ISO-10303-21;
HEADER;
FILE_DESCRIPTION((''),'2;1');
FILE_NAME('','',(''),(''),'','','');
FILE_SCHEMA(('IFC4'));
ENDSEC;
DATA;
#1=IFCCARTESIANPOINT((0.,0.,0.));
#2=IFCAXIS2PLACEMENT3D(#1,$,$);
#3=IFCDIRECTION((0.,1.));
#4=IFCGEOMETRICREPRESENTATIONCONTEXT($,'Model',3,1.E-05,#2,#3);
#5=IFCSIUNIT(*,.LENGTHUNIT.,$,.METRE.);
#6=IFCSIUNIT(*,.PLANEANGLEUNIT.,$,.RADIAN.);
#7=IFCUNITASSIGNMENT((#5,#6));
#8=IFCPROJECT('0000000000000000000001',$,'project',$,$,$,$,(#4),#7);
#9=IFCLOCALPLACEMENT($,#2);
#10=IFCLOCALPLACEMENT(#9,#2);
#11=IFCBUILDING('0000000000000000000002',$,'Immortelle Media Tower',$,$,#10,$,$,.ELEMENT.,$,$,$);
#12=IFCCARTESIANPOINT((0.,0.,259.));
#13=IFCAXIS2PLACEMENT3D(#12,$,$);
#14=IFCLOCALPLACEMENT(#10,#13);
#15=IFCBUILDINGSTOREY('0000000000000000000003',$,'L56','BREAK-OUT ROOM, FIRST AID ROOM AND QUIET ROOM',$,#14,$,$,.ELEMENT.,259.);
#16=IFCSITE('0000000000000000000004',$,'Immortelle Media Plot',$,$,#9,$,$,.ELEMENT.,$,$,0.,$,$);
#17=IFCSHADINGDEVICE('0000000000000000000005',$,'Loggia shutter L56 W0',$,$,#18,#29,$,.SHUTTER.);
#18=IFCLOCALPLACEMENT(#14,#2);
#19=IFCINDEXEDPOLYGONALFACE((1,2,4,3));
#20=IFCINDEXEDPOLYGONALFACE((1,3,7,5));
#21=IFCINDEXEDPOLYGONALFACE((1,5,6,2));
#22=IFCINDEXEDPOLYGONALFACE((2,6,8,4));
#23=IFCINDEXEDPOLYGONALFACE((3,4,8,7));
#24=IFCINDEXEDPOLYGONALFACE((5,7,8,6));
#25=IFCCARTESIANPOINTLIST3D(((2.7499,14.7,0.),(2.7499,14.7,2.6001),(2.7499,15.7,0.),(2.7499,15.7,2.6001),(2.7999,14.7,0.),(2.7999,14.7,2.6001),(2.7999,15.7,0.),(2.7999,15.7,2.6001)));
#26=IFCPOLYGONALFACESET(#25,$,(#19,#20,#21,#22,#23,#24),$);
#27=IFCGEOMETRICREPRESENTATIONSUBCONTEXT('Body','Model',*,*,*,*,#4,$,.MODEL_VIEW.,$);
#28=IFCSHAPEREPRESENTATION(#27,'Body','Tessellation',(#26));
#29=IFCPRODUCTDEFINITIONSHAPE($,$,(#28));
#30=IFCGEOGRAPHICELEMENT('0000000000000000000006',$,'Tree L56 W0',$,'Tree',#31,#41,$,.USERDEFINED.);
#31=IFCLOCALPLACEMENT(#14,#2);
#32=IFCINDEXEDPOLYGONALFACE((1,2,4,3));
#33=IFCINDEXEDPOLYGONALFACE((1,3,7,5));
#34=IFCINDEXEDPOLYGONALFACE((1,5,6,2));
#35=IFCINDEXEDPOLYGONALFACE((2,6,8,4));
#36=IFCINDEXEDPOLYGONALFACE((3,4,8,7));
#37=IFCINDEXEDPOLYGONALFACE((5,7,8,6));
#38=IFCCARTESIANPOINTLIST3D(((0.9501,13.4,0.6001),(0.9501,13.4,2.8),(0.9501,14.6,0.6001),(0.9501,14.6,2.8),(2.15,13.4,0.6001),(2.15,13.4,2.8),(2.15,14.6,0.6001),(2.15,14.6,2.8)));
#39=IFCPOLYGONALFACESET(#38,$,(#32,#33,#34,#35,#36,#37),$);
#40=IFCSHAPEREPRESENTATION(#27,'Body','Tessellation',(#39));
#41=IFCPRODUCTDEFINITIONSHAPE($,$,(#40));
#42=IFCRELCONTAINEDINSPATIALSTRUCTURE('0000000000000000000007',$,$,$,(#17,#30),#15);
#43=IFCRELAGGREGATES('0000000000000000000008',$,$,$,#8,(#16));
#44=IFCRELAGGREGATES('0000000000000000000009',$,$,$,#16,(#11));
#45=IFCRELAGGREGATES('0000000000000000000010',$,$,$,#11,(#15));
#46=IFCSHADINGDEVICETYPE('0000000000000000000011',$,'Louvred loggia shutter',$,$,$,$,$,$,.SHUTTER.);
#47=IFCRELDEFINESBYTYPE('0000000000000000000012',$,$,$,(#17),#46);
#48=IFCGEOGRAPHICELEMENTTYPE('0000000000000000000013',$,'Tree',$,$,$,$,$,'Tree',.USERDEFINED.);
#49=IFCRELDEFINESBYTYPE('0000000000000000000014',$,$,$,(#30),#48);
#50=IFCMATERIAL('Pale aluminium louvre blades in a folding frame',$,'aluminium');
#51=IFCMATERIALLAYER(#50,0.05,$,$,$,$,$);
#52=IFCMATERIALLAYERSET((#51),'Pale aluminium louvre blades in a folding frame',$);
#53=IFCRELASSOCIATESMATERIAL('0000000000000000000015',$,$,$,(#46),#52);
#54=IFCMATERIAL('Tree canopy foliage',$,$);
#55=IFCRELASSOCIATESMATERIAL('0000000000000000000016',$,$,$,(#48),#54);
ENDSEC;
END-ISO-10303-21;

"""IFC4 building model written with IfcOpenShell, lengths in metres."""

from ifc_helpers import new_model, si_unit, direction, frame, origin, origin_2d, place, context, subcontext, project, spatial, rectangle, extrude, material, layer, layer_set, type_object, element, save


model = new_model("IFC4")

# Units and contexts
model_context = context("Model", 3, precision=1e-05, world=origin(), true_north=direction((0.0, 1.0)))
body_context = subcontext(model_context, "Body", "Model", "MODEL_VIEW")
ifc_project = project(units=[si_unit("LENGTHUNIT", "METRE"), si_unit("PLANEANGLEUNIT", "RADIAN")], contexts=[model_context])

# Site, building, storey
site_placement = place(None, origin())
site = spatial("IfcSite", under=ifc_project, at=site_placement, Name="Immortelle Media Plot", CompositionType="ELEMENT", RefElevation=0.0)
building_placement = place(site_placement, origin())
building = spatial("IfcBuilding", under=site, at=building_placement, Name="Immortelle Media Tower", CompositionType="ELEMENT")
storey_placement = place(building_placement, frame((0.0, 0.0, 259.0)))
storey = spatial("IfcBuildingStorey", under=building, at=storey_placement, Name="L56", Description="BREAK-OUT ROOM, FIRST AID ROOM AND QUIET ROOM", CompositionType="ELEMENT", Elevation=259.0)

# Shading device
ifc_material_1 = material(Name="Pale aluminium louvre blades in a folding frame", Category="aluminium")
ifc_layer_1 = layer(ifc_material_1, 0.05)
ifc_layer_set_1 = layer_set([ifc_layer_1], Name="Pale aluminium louvre blades in a folding frame")
shading_device_type_1 = type_object("IfcShadingDeviceType", Name="Louvred loggia shutter", PredefinedType="SHUTTER", material=ifc_layer_set_1)
shading_device_1_placement = place(storey_placement, frame((2.7749, 15.2, 0.0), z_axis=(0.0, 0.0, 1.0), x_axis=(0.0, -1.0, 0.0)))
element("IfcShadingDevice", 1, at=shading_device_1_placement, inside=storey, type_object=shading_device_type_1, Name="Loggia shutter L56 W0", PredefinedType="SHUTTER", context=body_context, shape_type="SweptSolid", body=[
    extrude(rectangle(XDim=1.0, YDim=0.05, at=origin_2d()), origin(), (0.0, 0.0, 1.0), 2.6001),
])

# Geographic element
ifc_material_2 = material(Name="Tree canopy foliage")
geographic_element_type = type_object("IfcGeographicElementType", Name="Tree", ElementType="Tree", PredefinedType="USERDEFINED", material=ifc_material_2)
geographic_element_placement = place(storey_placement, frame((1.55, 14.0, 0.6001), z_axis=(0.0, 0.0, 1.0), x_axis=(1.0, 0.0, 0.0)))
element("IfcGeographicElement", 2, at=geographic_element_placement, inside=storey, type_object=geographic_element_type, Name="Tree L56 W0", ObjectType="Tree", PredefinedType="USERDEFINED", context=body_context, shape_type="SweptSolid", body=[
    extrude(rectangle(XDim=1.2, YDim=1.2, at=origin_2d()), origin(), (0.0, 0.0, 1.0), 2.2),
])

save(model, "model.ifc")
